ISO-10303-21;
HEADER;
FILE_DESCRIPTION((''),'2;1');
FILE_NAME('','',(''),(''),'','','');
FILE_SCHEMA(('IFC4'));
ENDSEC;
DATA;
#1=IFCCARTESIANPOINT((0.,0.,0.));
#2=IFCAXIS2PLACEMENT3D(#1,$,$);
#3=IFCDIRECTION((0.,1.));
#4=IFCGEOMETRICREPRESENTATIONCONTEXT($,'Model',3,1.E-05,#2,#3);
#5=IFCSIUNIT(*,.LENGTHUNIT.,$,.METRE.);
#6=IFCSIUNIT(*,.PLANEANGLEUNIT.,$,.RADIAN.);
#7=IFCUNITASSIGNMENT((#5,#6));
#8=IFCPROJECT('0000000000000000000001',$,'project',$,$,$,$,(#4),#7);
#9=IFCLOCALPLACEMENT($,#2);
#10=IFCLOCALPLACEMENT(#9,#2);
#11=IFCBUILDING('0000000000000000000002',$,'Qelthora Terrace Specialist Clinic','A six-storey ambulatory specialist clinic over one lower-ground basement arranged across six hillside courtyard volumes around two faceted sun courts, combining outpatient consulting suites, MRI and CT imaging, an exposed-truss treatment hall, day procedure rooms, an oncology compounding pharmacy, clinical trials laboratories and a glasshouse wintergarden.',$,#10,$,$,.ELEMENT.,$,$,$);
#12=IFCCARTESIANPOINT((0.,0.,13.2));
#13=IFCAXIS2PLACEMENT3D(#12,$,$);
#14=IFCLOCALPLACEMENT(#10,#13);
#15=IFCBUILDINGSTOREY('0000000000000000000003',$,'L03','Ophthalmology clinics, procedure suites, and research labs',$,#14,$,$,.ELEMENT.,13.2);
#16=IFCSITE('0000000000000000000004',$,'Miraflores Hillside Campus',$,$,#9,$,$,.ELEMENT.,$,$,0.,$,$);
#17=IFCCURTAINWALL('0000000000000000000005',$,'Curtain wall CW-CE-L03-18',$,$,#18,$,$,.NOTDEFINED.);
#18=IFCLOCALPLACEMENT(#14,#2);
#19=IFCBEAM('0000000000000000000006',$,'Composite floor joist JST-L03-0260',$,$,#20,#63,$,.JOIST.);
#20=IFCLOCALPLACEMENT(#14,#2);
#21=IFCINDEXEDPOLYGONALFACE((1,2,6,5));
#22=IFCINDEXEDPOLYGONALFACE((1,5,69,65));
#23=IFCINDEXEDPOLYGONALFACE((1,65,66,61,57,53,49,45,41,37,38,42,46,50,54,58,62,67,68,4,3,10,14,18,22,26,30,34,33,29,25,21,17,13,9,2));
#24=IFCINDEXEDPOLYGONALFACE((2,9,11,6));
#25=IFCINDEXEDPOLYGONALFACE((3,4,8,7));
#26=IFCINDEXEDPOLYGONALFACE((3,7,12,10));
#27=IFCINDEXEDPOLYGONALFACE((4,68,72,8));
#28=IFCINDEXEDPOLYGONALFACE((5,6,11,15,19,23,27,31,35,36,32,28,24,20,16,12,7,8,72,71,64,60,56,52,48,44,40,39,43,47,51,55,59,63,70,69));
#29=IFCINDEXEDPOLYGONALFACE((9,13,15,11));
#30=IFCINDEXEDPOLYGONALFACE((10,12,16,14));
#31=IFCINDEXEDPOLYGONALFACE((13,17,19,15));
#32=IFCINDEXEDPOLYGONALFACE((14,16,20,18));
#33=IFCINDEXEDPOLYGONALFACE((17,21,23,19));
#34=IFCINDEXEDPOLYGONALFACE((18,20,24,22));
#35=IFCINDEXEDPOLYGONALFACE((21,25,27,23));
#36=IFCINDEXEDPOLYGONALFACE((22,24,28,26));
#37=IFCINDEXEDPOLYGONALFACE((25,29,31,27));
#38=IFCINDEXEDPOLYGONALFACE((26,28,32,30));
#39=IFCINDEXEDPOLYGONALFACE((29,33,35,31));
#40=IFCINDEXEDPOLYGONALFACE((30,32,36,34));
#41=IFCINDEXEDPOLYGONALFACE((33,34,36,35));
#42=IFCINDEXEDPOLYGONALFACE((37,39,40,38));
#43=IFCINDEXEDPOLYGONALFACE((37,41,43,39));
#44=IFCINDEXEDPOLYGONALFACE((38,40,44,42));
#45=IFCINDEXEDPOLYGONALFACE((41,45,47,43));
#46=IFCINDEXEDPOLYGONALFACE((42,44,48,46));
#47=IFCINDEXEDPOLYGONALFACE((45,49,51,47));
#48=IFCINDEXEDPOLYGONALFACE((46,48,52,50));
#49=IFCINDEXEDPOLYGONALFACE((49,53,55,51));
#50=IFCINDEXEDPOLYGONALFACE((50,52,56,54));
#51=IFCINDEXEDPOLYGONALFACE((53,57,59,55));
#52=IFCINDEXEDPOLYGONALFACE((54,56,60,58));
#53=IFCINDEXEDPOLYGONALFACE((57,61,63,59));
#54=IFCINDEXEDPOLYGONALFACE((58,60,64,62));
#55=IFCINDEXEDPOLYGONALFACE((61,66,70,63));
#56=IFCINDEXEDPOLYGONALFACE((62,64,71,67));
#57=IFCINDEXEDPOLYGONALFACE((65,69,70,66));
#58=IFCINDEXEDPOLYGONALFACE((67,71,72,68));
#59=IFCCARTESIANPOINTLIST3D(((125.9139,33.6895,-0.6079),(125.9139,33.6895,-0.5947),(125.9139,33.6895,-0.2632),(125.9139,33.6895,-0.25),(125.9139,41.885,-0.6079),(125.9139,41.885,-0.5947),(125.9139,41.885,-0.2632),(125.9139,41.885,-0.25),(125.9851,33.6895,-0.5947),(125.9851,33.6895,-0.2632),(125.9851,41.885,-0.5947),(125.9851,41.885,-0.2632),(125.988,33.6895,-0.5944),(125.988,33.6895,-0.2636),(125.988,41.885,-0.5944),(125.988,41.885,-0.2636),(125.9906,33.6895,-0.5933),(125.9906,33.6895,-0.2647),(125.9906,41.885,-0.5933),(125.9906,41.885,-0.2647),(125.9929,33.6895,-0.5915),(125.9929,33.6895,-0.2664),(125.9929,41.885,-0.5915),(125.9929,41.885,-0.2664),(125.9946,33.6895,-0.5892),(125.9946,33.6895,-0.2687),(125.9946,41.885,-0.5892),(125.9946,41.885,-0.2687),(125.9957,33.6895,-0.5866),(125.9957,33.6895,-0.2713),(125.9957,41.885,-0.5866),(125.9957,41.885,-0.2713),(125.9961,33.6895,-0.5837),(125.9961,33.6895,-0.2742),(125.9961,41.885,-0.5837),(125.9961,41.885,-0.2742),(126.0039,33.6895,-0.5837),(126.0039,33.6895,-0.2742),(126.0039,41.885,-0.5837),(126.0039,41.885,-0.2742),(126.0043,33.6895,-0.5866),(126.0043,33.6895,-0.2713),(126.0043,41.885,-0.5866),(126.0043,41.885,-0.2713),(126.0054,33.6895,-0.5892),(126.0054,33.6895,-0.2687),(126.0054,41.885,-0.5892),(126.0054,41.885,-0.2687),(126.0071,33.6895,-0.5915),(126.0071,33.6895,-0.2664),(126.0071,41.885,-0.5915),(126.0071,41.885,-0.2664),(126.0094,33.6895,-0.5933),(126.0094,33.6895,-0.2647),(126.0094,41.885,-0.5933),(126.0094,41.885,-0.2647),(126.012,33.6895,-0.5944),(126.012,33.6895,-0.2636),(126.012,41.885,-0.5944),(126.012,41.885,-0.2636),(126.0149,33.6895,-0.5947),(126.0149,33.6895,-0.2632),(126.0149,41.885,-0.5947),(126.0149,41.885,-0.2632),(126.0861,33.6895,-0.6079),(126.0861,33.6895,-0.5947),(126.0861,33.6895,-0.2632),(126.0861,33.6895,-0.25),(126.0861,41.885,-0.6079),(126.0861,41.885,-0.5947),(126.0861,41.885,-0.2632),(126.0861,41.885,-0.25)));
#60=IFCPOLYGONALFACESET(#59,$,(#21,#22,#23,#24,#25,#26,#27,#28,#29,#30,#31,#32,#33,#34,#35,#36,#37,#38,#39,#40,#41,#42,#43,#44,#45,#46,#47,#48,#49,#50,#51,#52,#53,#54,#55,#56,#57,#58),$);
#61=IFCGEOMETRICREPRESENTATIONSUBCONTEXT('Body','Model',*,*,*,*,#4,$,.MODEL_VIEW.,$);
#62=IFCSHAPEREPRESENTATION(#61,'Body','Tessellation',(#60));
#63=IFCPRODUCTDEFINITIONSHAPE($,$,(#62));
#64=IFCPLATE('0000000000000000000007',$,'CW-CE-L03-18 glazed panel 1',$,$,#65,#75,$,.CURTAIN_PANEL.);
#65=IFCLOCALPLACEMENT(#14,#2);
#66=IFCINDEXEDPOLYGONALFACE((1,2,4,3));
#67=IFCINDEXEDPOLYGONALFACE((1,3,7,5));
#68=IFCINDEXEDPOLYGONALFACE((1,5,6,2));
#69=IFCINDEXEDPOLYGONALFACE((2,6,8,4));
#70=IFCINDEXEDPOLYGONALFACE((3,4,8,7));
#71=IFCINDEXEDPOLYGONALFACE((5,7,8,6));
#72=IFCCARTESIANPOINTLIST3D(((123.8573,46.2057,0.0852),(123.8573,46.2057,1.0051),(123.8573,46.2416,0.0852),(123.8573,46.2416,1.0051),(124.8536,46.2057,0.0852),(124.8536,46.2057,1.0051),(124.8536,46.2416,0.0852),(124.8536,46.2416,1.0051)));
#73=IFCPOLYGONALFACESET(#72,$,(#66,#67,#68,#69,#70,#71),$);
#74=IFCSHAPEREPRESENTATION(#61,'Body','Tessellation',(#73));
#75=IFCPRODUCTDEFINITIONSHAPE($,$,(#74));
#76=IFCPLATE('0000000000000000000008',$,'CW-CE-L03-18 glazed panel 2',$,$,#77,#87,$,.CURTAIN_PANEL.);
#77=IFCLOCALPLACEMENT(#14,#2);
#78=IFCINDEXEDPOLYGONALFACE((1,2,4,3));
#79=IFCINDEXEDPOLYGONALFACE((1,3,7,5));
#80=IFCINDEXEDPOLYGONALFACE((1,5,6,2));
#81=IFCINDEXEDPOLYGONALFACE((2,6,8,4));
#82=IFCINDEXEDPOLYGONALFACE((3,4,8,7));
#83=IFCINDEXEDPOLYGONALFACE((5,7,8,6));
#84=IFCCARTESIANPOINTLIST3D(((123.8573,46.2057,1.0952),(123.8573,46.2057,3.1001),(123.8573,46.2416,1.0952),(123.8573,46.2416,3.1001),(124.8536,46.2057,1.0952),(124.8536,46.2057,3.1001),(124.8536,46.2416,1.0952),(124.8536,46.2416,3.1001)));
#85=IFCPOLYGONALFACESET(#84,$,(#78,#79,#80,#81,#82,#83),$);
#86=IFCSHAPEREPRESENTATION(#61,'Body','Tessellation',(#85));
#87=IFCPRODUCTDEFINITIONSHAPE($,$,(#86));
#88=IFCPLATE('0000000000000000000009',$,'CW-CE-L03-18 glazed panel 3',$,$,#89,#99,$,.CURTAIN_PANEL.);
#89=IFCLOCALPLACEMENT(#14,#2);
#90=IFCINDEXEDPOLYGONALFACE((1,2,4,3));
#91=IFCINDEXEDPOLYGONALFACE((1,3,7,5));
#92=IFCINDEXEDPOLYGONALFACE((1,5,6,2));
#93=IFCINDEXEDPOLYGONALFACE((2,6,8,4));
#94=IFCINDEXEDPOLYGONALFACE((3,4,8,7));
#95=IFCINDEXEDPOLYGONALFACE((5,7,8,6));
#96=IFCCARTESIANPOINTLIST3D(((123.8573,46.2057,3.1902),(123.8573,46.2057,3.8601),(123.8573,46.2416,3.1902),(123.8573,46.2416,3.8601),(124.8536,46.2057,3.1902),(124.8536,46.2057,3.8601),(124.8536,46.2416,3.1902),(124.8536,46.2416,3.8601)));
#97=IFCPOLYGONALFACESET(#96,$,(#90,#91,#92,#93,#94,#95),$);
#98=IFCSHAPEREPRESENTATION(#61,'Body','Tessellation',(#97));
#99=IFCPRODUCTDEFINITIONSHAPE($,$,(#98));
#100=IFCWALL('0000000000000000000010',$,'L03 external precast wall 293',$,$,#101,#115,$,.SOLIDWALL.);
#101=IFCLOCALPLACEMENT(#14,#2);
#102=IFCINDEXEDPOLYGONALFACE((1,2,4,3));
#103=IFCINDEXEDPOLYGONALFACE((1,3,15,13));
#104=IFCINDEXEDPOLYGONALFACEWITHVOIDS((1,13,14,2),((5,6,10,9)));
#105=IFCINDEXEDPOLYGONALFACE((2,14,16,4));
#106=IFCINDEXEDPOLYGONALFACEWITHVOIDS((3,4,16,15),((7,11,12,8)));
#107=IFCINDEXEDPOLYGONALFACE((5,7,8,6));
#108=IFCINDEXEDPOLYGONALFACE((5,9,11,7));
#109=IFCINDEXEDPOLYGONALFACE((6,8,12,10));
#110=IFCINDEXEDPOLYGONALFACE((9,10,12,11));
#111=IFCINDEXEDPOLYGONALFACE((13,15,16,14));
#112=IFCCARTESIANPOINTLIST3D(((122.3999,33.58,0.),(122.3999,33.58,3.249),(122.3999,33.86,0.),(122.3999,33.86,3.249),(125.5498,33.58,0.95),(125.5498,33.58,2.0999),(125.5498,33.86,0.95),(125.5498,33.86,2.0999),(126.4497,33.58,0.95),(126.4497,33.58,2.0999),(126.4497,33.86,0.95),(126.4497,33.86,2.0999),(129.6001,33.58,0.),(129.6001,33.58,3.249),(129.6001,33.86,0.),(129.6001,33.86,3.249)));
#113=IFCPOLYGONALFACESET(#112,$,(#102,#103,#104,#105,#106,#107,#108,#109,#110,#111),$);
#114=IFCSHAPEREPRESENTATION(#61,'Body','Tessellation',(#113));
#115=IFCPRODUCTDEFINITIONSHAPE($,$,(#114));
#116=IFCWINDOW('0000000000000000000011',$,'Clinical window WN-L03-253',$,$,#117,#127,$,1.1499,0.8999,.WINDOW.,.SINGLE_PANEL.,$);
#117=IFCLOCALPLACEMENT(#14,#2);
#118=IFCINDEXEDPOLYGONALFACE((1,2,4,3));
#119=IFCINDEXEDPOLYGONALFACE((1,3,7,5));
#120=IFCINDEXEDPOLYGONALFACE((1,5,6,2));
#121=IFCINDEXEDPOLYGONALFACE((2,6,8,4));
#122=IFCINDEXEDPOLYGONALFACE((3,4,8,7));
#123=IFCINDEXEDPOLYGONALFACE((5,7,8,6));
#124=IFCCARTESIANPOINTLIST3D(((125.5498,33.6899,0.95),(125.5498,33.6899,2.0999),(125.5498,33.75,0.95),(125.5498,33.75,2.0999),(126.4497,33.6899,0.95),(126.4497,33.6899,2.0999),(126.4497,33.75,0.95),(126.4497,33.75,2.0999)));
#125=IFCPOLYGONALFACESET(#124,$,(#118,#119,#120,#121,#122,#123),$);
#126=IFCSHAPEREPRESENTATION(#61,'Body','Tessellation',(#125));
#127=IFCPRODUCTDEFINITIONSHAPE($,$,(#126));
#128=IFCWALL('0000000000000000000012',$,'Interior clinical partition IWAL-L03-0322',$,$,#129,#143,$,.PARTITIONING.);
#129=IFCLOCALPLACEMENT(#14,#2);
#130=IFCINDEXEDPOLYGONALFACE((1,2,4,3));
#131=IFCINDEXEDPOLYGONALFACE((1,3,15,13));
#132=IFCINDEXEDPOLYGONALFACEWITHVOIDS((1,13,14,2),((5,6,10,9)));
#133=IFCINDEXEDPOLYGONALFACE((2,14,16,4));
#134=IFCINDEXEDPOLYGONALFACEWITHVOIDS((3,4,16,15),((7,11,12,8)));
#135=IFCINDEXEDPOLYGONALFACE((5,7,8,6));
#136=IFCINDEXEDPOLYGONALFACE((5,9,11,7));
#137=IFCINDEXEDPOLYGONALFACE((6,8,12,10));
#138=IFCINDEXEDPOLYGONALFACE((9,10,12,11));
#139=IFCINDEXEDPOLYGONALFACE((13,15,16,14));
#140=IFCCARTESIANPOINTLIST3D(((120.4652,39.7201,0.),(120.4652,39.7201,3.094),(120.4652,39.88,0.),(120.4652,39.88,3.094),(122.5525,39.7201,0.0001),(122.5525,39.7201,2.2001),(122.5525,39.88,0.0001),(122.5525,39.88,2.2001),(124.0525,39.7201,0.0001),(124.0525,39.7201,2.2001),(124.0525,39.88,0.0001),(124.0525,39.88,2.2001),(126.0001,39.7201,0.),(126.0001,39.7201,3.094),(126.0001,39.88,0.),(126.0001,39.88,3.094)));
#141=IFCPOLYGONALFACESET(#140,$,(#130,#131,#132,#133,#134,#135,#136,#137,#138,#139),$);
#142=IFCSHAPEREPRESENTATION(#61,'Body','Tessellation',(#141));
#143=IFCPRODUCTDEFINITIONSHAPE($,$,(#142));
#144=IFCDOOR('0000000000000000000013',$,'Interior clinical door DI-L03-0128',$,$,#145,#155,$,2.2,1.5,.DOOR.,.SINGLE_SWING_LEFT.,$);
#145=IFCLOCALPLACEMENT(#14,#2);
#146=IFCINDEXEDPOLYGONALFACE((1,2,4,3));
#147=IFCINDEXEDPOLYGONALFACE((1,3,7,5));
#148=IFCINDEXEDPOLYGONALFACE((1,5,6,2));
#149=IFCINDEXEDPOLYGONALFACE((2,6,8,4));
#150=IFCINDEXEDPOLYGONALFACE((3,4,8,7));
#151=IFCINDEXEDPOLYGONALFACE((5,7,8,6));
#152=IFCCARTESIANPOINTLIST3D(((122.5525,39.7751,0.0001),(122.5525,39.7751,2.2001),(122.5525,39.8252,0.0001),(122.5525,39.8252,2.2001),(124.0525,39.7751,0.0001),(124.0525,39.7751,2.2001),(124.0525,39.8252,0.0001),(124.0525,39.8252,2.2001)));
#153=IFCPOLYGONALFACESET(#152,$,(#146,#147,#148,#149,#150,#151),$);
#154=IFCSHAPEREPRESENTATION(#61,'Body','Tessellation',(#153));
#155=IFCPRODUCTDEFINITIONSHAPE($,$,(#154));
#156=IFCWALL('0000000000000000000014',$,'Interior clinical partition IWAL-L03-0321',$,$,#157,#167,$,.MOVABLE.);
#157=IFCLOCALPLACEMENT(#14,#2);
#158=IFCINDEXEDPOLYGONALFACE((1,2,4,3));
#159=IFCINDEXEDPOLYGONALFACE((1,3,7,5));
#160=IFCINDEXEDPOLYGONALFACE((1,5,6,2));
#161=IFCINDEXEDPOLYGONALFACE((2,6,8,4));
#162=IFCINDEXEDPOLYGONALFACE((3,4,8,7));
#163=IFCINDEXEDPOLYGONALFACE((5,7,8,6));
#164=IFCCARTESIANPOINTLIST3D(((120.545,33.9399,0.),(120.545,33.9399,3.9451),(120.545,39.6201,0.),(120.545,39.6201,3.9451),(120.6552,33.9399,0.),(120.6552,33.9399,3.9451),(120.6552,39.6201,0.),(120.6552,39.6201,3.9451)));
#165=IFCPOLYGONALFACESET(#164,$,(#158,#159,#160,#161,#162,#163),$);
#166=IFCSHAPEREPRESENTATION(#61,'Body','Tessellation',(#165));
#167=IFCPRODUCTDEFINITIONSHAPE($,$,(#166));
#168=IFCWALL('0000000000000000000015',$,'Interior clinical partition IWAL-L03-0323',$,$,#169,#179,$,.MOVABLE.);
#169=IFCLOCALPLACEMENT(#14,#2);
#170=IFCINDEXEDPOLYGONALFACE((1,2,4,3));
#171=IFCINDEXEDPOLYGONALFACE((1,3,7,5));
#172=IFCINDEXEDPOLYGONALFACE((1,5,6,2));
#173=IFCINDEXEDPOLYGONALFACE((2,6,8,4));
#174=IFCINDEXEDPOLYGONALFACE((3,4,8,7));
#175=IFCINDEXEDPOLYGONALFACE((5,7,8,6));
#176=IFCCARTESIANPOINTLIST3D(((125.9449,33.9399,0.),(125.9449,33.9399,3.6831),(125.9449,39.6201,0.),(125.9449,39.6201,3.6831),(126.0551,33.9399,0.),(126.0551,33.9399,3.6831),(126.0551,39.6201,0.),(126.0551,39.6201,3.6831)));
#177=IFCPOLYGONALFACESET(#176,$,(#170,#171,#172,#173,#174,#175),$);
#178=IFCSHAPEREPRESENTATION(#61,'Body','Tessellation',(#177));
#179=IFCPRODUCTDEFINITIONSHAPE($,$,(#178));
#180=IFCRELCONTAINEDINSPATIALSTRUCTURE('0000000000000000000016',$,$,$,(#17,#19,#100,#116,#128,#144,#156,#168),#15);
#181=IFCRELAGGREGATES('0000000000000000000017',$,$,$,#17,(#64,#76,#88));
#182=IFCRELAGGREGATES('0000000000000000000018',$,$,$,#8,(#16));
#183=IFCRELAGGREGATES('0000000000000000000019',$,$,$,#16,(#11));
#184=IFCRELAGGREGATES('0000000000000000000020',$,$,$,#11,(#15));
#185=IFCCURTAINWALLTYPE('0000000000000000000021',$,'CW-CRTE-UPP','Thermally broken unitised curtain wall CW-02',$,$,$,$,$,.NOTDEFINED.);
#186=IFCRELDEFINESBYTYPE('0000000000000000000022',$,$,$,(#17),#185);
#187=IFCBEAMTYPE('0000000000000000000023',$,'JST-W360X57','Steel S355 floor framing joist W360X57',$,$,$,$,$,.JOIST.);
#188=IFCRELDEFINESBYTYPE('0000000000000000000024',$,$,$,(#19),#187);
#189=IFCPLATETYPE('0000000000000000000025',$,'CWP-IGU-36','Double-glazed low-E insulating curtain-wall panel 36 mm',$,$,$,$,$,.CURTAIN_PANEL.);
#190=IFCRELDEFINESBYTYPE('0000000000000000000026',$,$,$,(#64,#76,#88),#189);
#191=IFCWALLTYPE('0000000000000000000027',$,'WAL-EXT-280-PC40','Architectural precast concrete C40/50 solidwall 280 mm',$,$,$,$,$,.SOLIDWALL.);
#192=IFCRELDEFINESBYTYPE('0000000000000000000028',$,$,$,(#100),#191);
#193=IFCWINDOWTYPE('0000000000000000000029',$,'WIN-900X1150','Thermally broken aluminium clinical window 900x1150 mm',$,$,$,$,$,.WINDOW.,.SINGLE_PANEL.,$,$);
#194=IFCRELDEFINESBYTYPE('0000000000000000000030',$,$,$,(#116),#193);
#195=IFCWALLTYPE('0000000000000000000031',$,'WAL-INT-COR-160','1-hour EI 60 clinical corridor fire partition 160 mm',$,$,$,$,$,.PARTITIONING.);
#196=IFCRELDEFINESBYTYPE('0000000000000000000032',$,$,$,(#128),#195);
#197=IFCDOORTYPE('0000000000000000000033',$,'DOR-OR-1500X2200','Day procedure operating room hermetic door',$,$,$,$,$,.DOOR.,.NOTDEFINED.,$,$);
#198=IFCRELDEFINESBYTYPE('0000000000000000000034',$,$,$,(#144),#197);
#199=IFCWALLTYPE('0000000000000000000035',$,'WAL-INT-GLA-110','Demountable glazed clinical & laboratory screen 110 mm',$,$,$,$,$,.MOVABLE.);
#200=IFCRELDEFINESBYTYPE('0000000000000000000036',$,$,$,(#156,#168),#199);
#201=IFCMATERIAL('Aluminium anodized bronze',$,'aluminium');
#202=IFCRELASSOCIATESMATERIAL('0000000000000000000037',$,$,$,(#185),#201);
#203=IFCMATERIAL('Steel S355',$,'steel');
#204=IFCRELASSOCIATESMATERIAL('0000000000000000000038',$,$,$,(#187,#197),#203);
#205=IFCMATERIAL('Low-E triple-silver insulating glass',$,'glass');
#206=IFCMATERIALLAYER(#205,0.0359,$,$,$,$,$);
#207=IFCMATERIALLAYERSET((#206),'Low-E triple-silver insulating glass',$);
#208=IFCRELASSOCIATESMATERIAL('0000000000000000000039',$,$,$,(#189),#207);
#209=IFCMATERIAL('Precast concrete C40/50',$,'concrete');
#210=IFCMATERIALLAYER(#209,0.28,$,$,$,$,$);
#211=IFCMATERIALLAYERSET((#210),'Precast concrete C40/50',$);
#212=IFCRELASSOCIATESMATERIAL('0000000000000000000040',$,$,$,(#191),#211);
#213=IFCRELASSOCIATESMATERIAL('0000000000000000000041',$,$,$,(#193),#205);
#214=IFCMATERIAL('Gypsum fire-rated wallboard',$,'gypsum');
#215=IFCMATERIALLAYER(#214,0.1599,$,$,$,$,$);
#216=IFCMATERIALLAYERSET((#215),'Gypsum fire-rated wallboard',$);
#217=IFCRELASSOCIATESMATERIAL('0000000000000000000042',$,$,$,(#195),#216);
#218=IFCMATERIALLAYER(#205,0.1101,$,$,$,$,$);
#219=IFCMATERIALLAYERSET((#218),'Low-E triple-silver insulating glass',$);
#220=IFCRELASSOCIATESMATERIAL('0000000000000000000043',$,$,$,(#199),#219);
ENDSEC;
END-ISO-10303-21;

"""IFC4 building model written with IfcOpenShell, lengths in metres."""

from ifc_helpers import new_model, si_unit, direction, frame, frame_2d, origin, origin_2d, place, context, subcontext, project, spatial, rectangle, i_section, extrude, material, layer, layer_set, material_profile, profile_set, type_object, element, fill, aggregate, save


model = new_model("IFC4")

# Units and contexts
model_context = context("Model", 3, precision=1e-05, world=origin(), true_north=direction((0.0, 1.0)))
body_context = subcontext(model_context, "Body", "Model", "MODEL_VIEW")
ifc_project = project(units=[si_unit("LENGTHUNIT", "METRE"), si_unit("PLANEANGLEUNIT", "RADIAN")], contexts=[model_context])

# Site, building, storey
site_placement = place(None, origin())
site = spatial("IfcSite", under=ifc_project, at=site_placement, Name="Miraflores Hillside Campus", CompositionType="ELEMENT", RefElevation=0.0)
building_placement = place(site_placement, origin())
building = spatial("IfcBuilding", under=site, at=building_placement, Name="Qelthora Terrace Specialist Clinic", Description="A six-storey ambulatory specialist clinic over one lower-ground basement arranged across six hillside courtyard volumes around two faceted sun courts, combining outpatient consulting suites, MRI and CT imaging, an exposed-truss treatment hall, day procedure rooms, an oncology compounding pharmacy, clinical trials laboratories and a glasshouse wintergarden.", CompositionType="ELEMENT")
storey_placement = place(building_placement, frame((0.0, 0.0, 13.2)))
storey = spatial("IfcBuildingStorey", under=building, at=storey_placement, Name="L03", Description="Ophthalmology clinics, procedure suites, and research labs", CompositionType="ELEMENT", Elevation=13.2)

# Shared definitions
ifc_material_1 = material(Name="Steel S355", Category="steel")

# Curtain wall
ifc_material_2 = material(Name="Aluminium anodized bronze", Category="aluminium")
curtain_wall_type = type_object("IfcCurtainWallType", Name="CW-CRTE-UPP", Description="Thermally broken unitised curtain wall CW-02", PredefinedType="NOTDEFINED", material=ifc_material_2)
curtain_wall_placement = place(storey_placement, origin())
curtain_wall = element("IfcCurtainWall", 1, at=curtain_wall_placement, inside=storey, type_object=curtain_wall_type, Name="Curtain wall CW-CE-L03-18", PredefinedType="NOTDEFINED")

# Beam
ifc_material_profile_1 = material_profile(ifc_material_1, i_section(OverallWidth=0.1721, OverallDepth=0.3579, WebThickness=0.0078, FlangeThickness=0.0132, FilletRadius=0.011, at=origin_2d()), Name="W360X57")
ifc_profile_set_1 = profile_set([ifc_material_profile_1], Name="Steel S355")
beam_type_1 = type_object("IfcBeamType", Name="JST-W360X57", Description="Steel S355 floor framing joist W360X57", PredefinedType="JOIST", material=ifc_profile_set_1)
beam_1_placement = place(storey_placement, frame((126.0, 33.6895, -0.429), z_axis=(0.0, 1.0, 0.0), x_axis=(-1.0, 0.0, 0.0)))
element("IfcBeam", 2, at=beam_1_placement, inside=storey, type_object=beam_type_1, Name="Composite floor joist JST-L03-0260", PredefinedType="JOIST", context=body_context, shape_type="SweptSolid", body=[
    extrude(i_section(OverallWidth=0.1721, OverallDepth=0.3579, WebThickness=0.0078, FlangeThickness=0.0132, FilletRadius=0.011, at=origin_2d()), origin(), (0.0, 0.0, 1.0), 8.1956),
])

# Plates
ifc_material_3 = material(Name="Low-E triple-silver insulating glass", Category="glass")
ifc_layer_1 = layer(ifc_material_3, 0.0359)
ifc_layer_set_1 = layer_set([ifc_layer_1], Name="Low-E triple-silver insulating glass")
plate_type = type_object("IfcPlateType", Name="CWP-IGU-36", Description="Double-glazed low-E insulating curtain-wall panel 36 mm", PredefinedType="CURTAIN_PANEL", material=ifc_layer_set_1)
plate_1_placement = place(storey_placement, frame((124.3555, 46.2236, 0.0852), z_axis=(0.0, 0.0, 1.0), x_axis=(1.0, 0.0, 0.0)))
plate_1 = element("IfcPlate", 3, at=plate_1_placement, type_object=plate_type, Name="CW-CE-L03-18 glazed panel 1", PredefinedType="CURTAIN_PANEL", context=body_context, shape_type="SweptSolid", body=[
    extrude(rectangle(XDim=0.9963, YDim=0.0359, at=origin_2d()), origin(), (0.0, 0.0, 1.0), 0.9199),
])
plate_2_placement = place(storey_placement, frame((124.3555, 46.2236, 1.0952), z_axis=(0.0, 0.0, 1.0), x_axis=(1.0, 0.0, 0.0)))
plate_2 = element("IfcPlate", 4, at=plate_2_placement, type_object=plate_type, Name="CW-CE-L03-18 glazed panel 2", PredefinedType="CURTAIN_PANEL", context=body_context, shape_type="SweptSolid", body=[
    extrude(rectangle(XDim=0.9963, YDim=0.0359, at=origin_2d()), origin(), (0.0, 0.0, 1.0), 2.0049),
])
plate_3_placement = place(storey_placement, frame((124.3555, 46.2236, 3.1902), z_axis=(0.0, 0.0, 1.0), x_axis=(1.0, 0.0, 0.0)))
plate_3 = element("IfcPlate", 5, at=plate_3_placement, type_object=plate_type, Name="CW-CE-L03-18 glazed panel 3", PredefinedType="CURTAIN_PANEL", context=body_context, shape_type="SweptSolid", body=[
    extrude(rectangle(XDim=0.9963, YDim=0.0359, at=origin_2d()), origin(), (0.0, 0.0, 1.0), 0.6699),
])
aggregate(curtain_wall, [plate_1, plate_2, plate_3])

# Wall, opening, window
ifc_material_4 = material(Name="Precast concrete C40/50", Category="concrete")
ifc_layer_2 = layer(ifc_material_4, 0.28)
ifc_layer_set_2 = layer_set([ifc_layer_2], Name="Precast concrete C40/50")
wall_type_1 = type_object("IfcWallType", Name="WAL-EXT-280-PC40", Description="Architectural precast concrete C40/50 solidwall 280 mm", PredefinedType="SOLIDWALL", material=ifc_layer_set_2)
wall_1_placement = place(storey_placement, frame((122.3999, 33.72, 0.0), z_axis=(0.0, 0.0, 1.0), x_axis=(1.0, 0.0, 0.0)))
wall_1 = element("IfcWall", 6, at=wall_1_placement, inside=storey, type_object=wall_type_1, Name="L03 external precast wall 293", PredefinedType="SOLIDWALL", context=body_context, shape_type="SweptSolid", body=[
    extrude(rectangle(XDim=7.2002, YDim=0.28, at=frame_2d((3.6001, 0.0))), origin(), (0.0, 0.0, 1.0), 3.249),
])
opening_1_placement = place(wall_1_placement, frame((3.1499, 0.0, 0.95)))
opening_1 = element("IfcOpeningElement", 7, at=opening_1_placement, cuts=wall_1, PredefinedType="OPENING", context=body_context, shape_type="SweptSolid", body=[
    extrude(rectangle(XDim=0.8999, YDim=1.1499, at=frame_2d((0.45, 0.575))), frame((0.0, 0.1499, 0.0), z_axis=(0.0, -1.0, 0.0), x_axis=(1.0, 0.0, 0.0)), (0.0, 0.0, 1.0), 0.3),
])
window_type = type_object("IfcWindowType", Name="WIN-900X1150", Description="Thermally broken aluminium clinical window 900x1150 mm", PartitioningType="SINGLE_PANEL", PredefinedType="WINDOW", material=ifc_material_3)
window_placement = place(opening_1_placement, origin())
window = element("IfcWindow", 8, at=window_placement, inside=storey, type_object=window_type, Name="Clinical window WN-L03-253", OverallHeight=1.1499, OverallWidth=0.8999, PartitioningType="SINGLE_PANEL", PredefinedType="WINDOW", context=body_context, shape_type="SweptSolid", body=[
    extrude(rectangle(XDim=0.8999, YDim=1.1499, at=frame_2d((0.45, 0.575))), frame((0.0, 0.03, 0.0), z_axis=(0.0, -1.0, 0.0), x_axis=(1.0, 0.0, 0.0)), (0.0, 0.0, 1.0), 0.0601),
])
fill(opening_1, window)

# Wall, opening, door
ifc_material_5 = material(Name="Gypsum fire-rated wallboard", Category="gypsum")
ifc_layer_3 = layer(ifc_material_5, 0.1599)
ifc_layer_set_3 = layer_set([ifc_layer_3], Name="Gypsum fire-rated wallboard")
wall_type_2 = type_object("IfcWallType", Name="WAL-INT-COR-160", Description="1-hour EI 60 clinical corridor fire partition 160 mm", PredefinedType="PARTITIONING", material=ifc_layer_set_3)
wall_2_placement = place(storey_placement, frame((120.4651, 39.8, 0.0), z_axis=(0.0, 0.0, 1.0), x_axis=(1.0, 0.0, 0.0)))
wall_2 = element("IfcWall", 9, at=wall_2_placement, inside=storey, type_object=wall_type_2, Name="Interior clinical partition IWAL-L03-0322", PredefinedType="PARTITIONING", context=body_context, shape_type="SweptSolid", body=[
    extrude(rectangle(XDim=5.5349, YDim=0.1599, at=frame_2d((2.7676, 0.0))), origin(), (0.0, 0.0, 1.0), 3.094),
])
opening_2_placement = place(wall_2_placement, frame((2.0874, 0.0, 0.0)))
opening_2 = element("IfcOpeningElement", 10, at=opening_2_placement, cuts=wall_2, PredefinedType="OPENING", context=body_context, shape_type="SweptSolid", body=[
    extrude(rectangle(XDim=1.5, YDim=2.2, at=frame_2d((0.75, 1.1001))), frame((0.0, 0.0898, 0.0), z_axis=(0.0, -1.0, 0.0), x_axis=(1.0, 0.0, 0.0)), (0.0, 0.0, 1.0), 0.1799),
])
door_type_1 = type_object("IfcDoorType", Name="DOR-OR-1500X2200", Description="Day procedure operating room hermetic door", OperationType="NOTDEFINED", PredefinedType="DOOR", material=ifc_material_1)
door_1_placement = place(opening_2_placement, frame((1.5, 0.0, 0.0), z_axis=(0.0, 0.0, 1.0), x_axis=(-1.0, 0.0, 0.0)))
door_1 = element("IfcDoor", 11, at=door_1_placement, inside=storey, type_object=door_type_1, Name="Interior clinical door DI-L03-0128", OperationType="SINGLE_SWING_LEFT", OverallHeight=2.2, OverallWidth=1.5, PredefinedType="DOOR", context=body_context, shape_type="SweptSolid", body=[
    extrude(rectangle(XDim=1.5, YDim=2.2, at=frame_2d((0.75, 1.1001))), frame((0.0, 0.0249, 0.0), z_axis=(0.0, -1.0, 0.0), x_axis=(1.0, 0.0, 0.0)), (0.0, 0.0, 1.0), 0.05),
])
fill(opening_2, door_1)

# Walls
ifc_layer_4 = layer(ifc_material_3, 0.1101)
ifc_layer_set_4 = layer_set([ifc_layer_4], Name="Low-E triple-silver insulating glass")
wall_type_3 = type_object("IfcWallType", Name="WAL-INT-GLA-110", Description="Demountable glazed clinical & laboratory screen 110 mm", PredefinedType="MOVABLE", material=ifc_layer_set_4)
wall_3_placement = place(storey_placement, frame((120.6001, 39.6201, 0.0), z_axis=(0.0, 0.0, 1.0), x_axis=(0.0, -1.0, 0.0)))
element("IfcWall", 12, at=wall_3_placement, inside=storey, type_object=wall_type_3, Name="Interior clinical partition IWAL-L03-0321", PredefinedType="MOVABLE", context=body_context, shape_type="SweptSolid", body=[
    extrude(rectangle(XDim=5.6802, YDim=0.1101, at=frame_2d((2.8401, 0.0))), origin(), (0.0, 0.0, 1.0), 3.9451),
])
wall_4_placement = place(storey_placement, frame((126.0, 39.6201, 0.0), z_axis=(0.0, 0.0, 1.0), x_axis=(0.0, -1.0, 0.0)))
element("IfcWall", 13, at=wall_4_placement, inside=storey, type_object=wall_type_3, Name="Interior clinical partition IWAL-L03-0323", PredefinedType="MOVABLE", context=body_context, shape_type="SweptSolid", body=[
    extrude(rectangle(XDim=5.6802, YDim=0.1101, at=frame_2d((2.8401, 0.0))), origin(), (0.0, 0.0, 1.0), 3.6831),
])

save(model, "model.ifc")
